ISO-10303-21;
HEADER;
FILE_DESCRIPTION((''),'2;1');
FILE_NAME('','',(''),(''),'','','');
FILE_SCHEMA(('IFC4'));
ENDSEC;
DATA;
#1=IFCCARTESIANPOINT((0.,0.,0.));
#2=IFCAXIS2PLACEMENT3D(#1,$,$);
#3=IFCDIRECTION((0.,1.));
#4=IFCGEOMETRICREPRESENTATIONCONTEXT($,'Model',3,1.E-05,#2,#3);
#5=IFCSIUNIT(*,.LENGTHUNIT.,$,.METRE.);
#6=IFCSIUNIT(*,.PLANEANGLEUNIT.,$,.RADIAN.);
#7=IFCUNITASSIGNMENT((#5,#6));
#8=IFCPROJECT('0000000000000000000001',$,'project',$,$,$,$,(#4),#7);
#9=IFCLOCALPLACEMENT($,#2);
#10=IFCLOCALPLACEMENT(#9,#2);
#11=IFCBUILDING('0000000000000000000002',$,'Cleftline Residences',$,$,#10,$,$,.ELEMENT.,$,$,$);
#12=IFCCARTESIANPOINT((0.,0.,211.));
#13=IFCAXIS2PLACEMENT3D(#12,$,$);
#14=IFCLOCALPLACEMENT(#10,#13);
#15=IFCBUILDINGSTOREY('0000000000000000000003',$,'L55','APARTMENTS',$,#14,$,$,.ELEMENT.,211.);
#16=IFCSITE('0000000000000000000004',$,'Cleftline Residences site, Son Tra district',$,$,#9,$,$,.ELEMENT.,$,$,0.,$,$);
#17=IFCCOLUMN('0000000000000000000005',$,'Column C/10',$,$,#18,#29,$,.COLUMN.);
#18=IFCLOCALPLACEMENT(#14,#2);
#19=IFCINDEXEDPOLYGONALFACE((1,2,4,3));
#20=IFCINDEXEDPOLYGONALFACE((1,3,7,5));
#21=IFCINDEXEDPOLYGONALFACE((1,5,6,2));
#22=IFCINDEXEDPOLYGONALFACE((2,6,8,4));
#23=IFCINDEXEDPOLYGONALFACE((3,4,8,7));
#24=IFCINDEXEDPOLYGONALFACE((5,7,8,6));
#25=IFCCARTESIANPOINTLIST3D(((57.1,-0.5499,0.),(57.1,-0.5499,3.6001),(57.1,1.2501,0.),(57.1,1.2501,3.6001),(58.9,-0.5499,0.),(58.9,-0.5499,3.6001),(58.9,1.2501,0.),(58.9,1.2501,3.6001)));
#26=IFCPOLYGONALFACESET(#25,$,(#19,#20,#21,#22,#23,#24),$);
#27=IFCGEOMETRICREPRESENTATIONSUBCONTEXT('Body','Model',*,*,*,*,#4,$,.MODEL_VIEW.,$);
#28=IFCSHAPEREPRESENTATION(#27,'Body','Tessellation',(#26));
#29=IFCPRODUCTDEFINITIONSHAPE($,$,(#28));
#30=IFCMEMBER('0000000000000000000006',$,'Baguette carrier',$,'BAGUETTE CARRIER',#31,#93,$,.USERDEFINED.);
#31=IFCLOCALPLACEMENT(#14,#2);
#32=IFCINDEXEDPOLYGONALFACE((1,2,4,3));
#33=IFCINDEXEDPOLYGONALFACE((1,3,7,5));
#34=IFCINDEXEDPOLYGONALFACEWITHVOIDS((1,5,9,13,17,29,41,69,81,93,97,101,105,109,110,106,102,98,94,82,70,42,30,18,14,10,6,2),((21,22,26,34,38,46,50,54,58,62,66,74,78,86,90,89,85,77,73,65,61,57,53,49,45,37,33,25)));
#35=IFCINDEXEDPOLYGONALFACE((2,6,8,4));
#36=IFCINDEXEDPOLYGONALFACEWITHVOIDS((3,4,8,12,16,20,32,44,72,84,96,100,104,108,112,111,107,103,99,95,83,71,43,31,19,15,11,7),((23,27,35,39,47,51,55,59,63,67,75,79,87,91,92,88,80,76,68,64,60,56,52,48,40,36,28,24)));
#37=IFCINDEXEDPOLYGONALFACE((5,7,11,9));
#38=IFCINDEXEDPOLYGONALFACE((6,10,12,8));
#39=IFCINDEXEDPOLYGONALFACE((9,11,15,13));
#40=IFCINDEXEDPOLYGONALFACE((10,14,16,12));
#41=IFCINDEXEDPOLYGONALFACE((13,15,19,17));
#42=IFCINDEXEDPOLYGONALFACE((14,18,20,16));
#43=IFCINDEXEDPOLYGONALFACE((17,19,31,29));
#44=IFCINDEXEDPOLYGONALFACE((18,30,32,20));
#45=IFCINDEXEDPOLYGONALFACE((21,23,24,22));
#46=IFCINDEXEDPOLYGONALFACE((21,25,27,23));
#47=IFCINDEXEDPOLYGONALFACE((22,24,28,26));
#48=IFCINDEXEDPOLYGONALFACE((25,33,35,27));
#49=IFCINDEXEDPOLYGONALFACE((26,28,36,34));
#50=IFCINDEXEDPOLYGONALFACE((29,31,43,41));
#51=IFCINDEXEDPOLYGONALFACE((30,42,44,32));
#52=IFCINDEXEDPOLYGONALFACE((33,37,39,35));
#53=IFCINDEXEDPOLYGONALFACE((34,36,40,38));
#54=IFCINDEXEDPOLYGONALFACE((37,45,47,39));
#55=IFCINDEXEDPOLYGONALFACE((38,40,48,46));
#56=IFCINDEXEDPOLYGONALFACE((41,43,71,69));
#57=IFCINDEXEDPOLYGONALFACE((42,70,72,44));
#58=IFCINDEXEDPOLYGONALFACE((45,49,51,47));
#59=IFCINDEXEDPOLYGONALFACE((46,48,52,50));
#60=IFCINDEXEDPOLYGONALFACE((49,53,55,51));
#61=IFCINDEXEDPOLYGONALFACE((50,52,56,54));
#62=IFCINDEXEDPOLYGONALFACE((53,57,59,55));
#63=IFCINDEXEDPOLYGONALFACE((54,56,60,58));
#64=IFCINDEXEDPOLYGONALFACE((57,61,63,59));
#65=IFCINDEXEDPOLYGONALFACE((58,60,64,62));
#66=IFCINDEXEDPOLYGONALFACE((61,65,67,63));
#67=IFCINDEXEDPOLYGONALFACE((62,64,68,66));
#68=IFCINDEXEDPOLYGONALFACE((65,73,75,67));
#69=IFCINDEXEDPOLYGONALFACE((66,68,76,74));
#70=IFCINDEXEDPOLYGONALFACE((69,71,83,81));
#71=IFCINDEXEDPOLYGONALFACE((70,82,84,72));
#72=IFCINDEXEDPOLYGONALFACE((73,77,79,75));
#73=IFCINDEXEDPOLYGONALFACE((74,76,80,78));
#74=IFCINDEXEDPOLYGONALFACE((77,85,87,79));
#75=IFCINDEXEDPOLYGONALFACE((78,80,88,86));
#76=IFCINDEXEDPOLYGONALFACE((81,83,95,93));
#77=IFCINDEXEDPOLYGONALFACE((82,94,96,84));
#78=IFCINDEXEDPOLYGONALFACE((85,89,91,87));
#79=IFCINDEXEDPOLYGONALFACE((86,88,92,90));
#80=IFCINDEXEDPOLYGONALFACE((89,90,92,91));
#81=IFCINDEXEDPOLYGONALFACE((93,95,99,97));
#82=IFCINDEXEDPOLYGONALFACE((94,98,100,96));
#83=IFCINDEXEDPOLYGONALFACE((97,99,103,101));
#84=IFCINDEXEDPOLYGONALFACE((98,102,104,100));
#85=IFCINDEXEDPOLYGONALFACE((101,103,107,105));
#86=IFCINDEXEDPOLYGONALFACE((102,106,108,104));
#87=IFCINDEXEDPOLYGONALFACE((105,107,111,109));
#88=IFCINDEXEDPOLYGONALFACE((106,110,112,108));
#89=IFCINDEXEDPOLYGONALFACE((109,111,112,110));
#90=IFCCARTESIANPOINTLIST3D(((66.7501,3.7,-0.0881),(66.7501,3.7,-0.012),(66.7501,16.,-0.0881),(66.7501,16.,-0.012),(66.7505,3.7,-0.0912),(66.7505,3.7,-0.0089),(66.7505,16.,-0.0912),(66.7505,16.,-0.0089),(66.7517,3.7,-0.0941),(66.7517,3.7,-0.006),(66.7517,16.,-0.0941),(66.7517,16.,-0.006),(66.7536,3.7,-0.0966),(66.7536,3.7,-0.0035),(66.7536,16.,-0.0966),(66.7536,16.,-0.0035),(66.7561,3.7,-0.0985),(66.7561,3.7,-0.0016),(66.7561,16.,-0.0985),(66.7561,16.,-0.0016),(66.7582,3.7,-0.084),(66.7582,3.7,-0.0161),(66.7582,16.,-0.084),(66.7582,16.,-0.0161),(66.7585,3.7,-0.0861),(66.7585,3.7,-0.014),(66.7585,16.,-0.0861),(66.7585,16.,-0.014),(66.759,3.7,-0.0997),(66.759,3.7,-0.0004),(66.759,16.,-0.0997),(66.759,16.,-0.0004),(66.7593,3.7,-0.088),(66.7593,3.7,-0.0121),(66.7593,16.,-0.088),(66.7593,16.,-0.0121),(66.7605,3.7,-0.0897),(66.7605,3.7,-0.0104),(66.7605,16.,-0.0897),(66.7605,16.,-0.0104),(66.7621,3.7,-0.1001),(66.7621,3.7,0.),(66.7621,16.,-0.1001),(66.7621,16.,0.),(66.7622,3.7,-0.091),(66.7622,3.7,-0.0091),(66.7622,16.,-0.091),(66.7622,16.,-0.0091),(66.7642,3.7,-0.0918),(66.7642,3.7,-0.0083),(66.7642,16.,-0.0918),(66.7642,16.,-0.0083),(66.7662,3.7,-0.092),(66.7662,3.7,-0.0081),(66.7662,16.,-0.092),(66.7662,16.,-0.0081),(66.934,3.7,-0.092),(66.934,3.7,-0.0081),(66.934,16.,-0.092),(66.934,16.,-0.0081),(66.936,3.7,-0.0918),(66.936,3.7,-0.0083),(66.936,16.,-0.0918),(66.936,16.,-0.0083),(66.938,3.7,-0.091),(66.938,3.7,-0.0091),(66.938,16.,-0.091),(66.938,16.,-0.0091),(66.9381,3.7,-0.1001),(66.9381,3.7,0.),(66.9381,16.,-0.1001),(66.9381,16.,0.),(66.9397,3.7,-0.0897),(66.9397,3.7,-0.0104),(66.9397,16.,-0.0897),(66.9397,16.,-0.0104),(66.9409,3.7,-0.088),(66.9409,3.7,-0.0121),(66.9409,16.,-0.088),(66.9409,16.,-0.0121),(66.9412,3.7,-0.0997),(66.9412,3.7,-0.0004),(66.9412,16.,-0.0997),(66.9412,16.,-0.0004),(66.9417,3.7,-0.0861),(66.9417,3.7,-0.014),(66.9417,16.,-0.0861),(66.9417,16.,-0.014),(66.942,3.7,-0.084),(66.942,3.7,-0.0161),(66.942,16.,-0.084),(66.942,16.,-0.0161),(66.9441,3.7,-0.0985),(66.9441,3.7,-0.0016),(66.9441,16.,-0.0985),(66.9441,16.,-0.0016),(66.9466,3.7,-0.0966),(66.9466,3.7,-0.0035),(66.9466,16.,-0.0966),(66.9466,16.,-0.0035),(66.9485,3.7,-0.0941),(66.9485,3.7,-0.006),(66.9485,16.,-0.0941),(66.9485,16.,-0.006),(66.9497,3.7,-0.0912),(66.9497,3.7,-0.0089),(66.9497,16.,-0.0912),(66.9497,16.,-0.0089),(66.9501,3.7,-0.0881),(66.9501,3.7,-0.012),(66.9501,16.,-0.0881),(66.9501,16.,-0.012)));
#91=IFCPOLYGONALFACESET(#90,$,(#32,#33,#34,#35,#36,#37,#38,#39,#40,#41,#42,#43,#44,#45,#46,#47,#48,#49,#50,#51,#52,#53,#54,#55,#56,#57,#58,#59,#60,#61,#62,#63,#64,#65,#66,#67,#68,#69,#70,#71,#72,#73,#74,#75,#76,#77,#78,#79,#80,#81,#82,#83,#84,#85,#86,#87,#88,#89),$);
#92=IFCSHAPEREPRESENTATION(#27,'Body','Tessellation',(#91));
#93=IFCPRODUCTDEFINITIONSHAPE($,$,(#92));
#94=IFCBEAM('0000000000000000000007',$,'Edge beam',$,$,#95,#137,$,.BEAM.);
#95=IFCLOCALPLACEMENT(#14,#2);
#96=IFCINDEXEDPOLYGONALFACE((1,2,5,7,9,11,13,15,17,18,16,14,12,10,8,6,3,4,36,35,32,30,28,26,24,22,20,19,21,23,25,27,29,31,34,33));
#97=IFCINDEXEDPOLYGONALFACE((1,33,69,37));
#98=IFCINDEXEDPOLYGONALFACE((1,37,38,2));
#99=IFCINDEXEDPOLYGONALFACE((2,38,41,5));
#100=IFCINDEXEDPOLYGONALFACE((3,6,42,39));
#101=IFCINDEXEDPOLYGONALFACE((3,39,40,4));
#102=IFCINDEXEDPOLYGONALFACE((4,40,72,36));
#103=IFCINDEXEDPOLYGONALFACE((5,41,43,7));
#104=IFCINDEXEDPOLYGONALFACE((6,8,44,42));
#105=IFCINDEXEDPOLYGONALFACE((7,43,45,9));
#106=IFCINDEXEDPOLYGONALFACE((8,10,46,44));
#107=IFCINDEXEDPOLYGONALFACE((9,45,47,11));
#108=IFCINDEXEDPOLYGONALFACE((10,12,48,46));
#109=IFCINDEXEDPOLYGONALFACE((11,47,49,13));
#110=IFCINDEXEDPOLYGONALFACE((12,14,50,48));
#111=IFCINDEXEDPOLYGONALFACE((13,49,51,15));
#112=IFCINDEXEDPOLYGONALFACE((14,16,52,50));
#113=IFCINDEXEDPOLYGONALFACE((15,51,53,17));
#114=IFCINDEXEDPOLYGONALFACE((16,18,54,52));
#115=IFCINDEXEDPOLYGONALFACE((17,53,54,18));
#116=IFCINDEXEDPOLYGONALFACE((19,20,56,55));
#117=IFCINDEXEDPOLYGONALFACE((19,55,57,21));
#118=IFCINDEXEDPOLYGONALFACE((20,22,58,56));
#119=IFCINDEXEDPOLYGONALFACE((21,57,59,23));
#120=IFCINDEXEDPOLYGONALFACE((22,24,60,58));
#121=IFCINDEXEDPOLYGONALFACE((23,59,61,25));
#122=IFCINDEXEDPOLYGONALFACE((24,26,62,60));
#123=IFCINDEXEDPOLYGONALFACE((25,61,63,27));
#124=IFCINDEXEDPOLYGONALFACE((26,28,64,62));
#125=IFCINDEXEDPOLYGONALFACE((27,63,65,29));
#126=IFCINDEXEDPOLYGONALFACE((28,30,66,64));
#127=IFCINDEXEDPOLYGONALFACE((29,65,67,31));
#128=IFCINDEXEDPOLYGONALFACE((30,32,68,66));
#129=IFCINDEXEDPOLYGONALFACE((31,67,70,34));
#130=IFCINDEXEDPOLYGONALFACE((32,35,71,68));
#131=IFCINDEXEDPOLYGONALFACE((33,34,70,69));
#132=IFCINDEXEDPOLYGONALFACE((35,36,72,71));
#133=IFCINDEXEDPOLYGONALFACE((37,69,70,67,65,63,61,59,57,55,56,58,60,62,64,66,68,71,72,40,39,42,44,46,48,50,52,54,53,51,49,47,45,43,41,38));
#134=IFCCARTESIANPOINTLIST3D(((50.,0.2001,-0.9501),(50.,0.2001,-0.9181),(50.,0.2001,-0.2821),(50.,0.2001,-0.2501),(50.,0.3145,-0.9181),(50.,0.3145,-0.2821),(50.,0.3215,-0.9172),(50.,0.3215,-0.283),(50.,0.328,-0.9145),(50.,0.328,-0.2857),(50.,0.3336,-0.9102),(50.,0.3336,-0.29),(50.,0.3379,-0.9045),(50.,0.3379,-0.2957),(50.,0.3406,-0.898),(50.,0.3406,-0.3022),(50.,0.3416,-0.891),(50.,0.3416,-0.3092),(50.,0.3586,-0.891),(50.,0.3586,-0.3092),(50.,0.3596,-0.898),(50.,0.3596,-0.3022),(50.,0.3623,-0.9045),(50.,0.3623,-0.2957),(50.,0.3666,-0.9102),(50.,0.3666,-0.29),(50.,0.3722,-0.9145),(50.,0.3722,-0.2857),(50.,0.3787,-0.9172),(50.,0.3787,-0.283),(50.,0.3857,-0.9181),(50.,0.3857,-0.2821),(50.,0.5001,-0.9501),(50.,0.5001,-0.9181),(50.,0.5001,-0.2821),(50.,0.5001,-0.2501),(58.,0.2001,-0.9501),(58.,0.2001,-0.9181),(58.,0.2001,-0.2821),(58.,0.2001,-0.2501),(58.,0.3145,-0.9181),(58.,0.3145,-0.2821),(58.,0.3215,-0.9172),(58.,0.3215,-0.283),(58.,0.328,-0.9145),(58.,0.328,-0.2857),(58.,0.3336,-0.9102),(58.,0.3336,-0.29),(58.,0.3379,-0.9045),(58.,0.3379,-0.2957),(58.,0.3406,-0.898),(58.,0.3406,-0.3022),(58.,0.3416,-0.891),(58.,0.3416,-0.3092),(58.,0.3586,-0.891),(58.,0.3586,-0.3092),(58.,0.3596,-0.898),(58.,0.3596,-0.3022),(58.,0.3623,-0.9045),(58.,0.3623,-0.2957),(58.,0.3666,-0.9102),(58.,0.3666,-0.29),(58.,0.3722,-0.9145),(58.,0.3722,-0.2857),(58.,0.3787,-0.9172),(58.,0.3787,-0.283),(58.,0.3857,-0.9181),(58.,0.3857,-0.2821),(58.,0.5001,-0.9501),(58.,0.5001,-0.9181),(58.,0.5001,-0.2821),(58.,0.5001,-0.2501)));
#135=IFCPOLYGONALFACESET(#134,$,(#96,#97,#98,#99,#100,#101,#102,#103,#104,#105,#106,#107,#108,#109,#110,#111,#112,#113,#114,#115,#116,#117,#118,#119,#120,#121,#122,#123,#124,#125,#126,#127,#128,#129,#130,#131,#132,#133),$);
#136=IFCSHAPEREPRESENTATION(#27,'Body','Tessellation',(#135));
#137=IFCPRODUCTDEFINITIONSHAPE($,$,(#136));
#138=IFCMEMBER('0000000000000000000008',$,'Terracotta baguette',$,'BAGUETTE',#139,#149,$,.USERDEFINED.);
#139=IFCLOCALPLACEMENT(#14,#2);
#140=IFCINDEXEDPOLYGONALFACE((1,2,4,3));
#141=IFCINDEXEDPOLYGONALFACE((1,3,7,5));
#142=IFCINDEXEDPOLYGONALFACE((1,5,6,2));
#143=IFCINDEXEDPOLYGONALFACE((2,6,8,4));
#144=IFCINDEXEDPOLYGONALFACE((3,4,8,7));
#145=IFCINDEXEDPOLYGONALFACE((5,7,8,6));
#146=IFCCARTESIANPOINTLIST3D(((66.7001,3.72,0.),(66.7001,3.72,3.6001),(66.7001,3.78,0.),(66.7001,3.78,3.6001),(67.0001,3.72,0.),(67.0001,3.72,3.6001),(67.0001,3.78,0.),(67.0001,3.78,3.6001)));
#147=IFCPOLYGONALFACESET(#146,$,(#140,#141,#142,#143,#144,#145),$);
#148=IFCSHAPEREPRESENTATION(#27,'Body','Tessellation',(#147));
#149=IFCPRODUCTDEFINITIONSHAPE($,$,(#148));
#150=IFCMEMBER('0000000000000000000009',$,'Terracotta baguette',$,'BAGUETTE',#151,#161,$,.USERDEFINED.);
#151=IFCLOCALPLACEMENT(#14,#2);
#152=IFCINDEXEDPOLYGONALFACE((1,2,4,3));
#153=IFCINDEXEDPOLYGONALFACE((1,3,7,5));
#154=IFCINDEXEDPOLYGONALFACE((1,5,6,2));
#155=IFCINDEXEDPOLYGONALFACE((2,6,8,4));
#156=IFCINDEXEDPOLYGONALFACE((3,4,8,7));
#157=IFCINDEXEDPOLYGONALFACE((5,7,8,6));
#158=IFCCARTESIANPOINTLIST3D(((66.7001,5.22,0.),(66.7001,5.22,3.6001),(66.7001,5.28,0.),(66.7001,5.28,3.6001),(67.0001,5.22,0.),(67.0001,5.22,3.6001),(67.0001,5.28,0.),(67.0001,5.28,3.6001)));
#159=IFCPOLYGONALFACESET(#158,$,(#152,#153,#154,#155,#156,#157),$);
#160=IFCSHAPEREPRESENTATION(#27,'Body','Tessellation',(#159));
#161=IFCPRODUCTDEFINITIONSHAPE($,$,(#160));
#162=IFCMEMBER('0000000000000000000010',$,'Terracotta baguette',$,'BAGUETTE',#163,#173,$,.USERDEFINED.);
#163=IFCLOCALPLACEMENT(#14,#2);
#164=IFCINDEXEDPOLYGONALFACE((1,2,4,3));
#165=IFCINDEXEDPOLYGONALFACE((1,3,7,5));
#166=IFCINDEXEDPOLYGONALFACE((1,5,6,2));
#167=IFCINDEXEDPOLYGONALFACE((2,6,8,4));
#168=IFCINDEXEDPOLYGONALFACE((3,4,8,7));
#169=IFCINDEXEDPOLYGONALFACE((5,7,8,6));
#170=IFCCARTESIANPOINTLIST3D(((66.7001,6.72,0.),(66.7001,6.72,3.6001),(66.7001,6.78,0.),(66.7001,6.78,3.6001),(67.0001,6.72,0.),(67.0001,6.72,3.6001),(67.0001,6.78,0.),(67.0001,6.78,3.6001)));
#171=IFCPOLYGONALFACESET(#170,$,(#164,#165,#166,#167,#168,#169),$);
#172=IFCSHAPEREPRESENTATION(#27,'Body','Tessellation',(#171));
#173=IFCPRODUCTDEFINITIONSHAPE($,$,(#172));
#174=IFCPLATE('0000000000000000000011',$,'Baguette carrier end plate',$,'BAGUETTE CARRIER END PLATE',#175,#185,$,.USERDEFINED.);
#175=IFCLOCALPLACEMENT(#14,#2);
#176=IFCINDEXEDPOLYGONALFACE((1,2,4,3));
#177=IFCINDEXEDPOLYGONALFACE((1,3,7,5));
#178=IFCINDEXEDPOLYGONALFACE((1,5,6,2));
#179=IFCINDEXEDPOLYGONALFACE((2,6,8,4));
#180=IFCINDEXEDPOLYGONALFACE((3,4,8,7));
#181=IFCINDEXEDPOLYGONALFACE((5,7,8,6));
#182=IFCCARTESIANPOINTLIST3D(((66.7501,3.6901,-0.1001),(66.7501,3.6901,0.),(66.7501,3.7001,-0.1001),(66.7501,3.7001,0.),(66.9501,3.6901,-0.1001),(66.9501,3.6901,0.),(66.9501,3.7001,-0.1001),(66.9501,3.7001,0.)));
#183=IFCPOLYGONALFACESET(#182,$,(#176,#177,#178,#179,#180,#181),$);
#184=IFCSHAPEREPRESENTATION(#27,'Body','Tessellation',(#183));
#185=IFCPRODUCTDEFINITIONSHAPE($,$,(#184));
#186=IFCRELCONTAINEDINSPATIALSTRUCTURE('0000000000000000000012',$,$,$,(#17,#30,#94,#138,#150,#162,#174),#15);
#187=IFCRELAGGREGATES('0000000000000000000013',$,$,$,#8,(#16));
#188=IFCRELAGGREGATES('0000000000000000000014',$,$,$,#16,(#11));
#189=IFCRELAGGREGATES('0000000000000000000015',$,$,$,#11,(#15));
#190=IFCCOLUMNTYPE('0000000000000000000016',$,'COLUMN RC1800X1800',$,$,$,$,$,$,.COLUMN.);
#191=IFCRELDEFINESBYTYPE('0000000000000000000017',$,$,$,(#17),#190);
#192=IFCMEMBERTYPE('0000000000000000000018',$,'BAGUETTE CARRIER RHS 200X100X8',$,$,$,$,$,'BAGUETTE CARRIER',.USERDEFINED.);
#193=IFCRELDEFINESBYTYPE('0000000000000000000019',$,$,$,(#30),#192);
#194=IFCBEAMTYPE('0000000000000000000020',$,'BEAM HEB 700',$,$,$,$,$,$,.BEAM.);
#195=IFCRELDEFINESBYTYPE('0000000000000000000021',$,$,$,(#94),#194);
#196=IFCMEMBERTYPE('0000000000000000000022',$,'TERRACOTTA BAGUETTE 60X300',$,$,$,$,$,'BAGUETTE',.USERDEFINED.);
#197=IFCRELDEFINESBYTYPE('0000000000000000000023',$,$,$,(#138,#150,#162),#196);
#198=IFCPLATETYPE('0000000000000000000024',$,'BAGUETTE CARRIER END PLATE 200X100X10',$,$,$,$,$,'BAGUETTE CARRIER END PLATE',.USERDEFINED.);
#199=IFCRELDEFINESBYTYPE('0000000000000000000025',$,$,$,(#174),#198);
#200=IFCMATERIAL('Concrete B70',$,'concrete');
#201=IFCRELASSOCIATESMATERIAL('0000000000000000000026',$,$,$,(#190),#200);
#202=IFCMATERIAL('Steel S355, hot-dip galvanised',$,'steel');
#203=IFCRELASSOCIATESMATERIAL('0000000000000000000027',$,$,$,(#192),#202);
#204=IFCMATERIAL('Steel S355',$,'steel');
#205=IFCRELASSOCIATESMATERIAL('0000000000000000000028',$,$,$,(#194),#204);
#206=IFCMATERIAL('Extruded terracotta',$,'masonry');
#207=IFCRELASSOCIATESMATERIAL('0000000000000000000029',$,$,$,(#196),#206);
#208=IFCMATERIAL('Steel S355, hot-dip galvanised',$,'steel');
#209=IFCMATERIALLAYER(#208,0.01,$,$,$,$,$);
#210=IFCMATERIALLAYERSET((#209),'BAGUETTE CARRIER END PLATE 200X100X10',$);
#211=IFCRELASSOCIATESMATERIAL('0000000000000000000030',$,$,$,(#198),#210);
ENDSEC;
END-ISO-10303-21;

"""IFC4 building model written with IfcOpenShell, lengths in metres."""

from ifc_helpers import new_model, si_unit, direction, frame, origin, origin_2d, place, context, subcontext, project, spatial, rectangle, hollow_rectangle, i_section, extrude, material, layer, layer_set, material_profile, profile_set, type_object, element, save


model = new_model("IFC4")

# Units and contexts
model_context = context("Model", 3, precision=1e-05, world=origin(), true_north=direction((0.0, 1.0)))
body_context = subcontext(model_context, "Body", "Model", "MODEL_VIEW")
ifc_project = project(units=[si_unit("LENGTHUNIT", "METRE"), si_unit("PLANEANGLEUNIT", "RADIAN")], contexts=[model_context])

# Site, building, storey
site_placement = place(None, origin())
site = spatial("IfcSite", under=ifc_project, at=site_placement, Name="Cleftline Residences site, Son Tra district", CompositionType="ELEMENT", RefElevation=0.0)
building_placement = place(site_placement, origin())
building = spatial("IfcBuilding", under=site, at=building_placement, Name="Cleftline Residences", CompositionType="ELEMENT")
storey_placement = place(building_placement, frame((0.0, 0.0, 211.0)))
storey = spatial("IfcBuildingStorey", under=building, at=storey_placement, Name="L55", Description="APARTMENTS", CompositionType="ELEMENT", Elevation=211.0)

# Column
ifc_material_1 = material(Name="Concrete B70", Category="concrete")
ifc_material_profile_1 = material_profile(ifc_material_1, rectangle(XDim=1.8, YDim=1.8, at=origin_2d()))
ifc_profile_set_1 = profile_set([ifc_material_profile_1], Name="Concrete B70")
column_type = type_object("IfcColumnType", Name="COLUMN RC1800X1800", PredefinedType="COLUMN", material=ifc_profile_set_1)
column_placement = place(storey_placement, frame((58.0, 0.3501, 0.0), z_axis=(0.0, 0.0, 1.0), x_axis=(1.0, 0.0, 0.0)))
element("IfcColumn", 1, at=column_placement, inside=storey, type_object=column_type, Name="Column C/10", PredefinedType="COLUMN", context=body_context, shape_type="SweptSolid", body=[
    extrude(rectangle(XDim=1.8, YDim=1.8, at=origin_2d()), origin(), (0.0, 0.0, 1.0), 3.6001),
])

# Member
ifc_material_2 = material(Name="Steel S355, hot-dip galvanised", Category="steel")
ifc_material_profile_2 = material_profile(ifc_material_2, hollow_rectangle(XDim=0.1001, YDim=0.2, WallThickness=0.0081, InnerFilletRadius=0.0081, OuterFilletRadius=0.012, at=origin_2d()))
ifc_profile_set_2 = profile_set([ifc_material_profile_2], Name="Steel S355, hot-dip galvanised")
member_type_1 = type_object("IfcMemberType", Name="BAGUETTE CARRIER RHS 200X100X8", ElementType="BAGUETTE CARRIER", PredefinedType="USERDEFINED", material=ifc_profile_set_2)
member_placement = place(storey_placement, frame((66.8501, 3.7, -0.05), z_axis=(0.0, 1.0, 0.0), x_axis=(0.0, 0.0, 1.0)))
element("IfcMember", 2, at=member_placement, inside=storey, type_object=member_type_1, Name="Baguette carrier", ObjectType="BAGUETTE CARRIER", PredefinedType="USERDEFINED", context=body_context, shape_type="SweptSolid", body=[
    extrude(hollow_rectangle(XDim=0.1001, YDim=0.2, WallThickness=0.0081, InnerFilletRadius=0.0081, OuterFilletRadius=0.012, at=origin_2d()), origin(), (0.0, 0.0, 1.0), 12.3),
])

# Beam
ifc_material_3 = material(Name="Steel S355", Category="steel")
ifc_material_profile_3 = material_profile(ifc_material_3, i_section(OverallWidth=0.3, OverallDepth=0.7, WebThickness=0.0171, FlangeThickness=0.032, FilletRadius=0.0271, at=origin_2d()))
ifc_profile_set_3 = profile_set([ifc_material_profile_3], Name="Steel S355")
beam_type = type_object("IfcBeamType", Name="BEAM HEB 700", PredefinedType="BEAM", material=ifc_profile_set_3)
beam_placement = place(storey_placement, frame((58.0, 0.3501, -0.6001), z_axis=(-1.0, 0.0, 0.0), x_axis=(0.0, -1.0, 0.0)))
element("IfcBeam", 3, at=beam_placement, inside=storey, type_object=beam_type, Name="Edge beam", PredefinedType="BEAM", context=body_context, shape_type="SweptSolid", body=[
    extrude(i_section(OverallWidth=0.3, OverallDepth=0.7, WebThickness=0.0171, FlangeThickness=0.032, FilletRadius=0.0271, at=origin_2d()), origin(), (0.0, 0.0, 1.0), 8.0),
])

# Members
ifc_material_4 = material(Name="Extruded terracotta", Category="masonry")
ifc_material_profile_4 = material_profile(ifc_material_4, rectangle(XDim=0.0601, YDim=0.3, at=origin_2d()))
ifc_profile_set_4 = profile_set([ifc_material_profile_4], Name="Extruded terracotta")
member_type_2 = type_object("IfcMemberType", Name="TERRACOTTA BAGUETTE 60X300", ElementType="BAGUETTE", PredefinedType="USERDEFINED", material=ifc_profile_set_4)
for number, where, z_axis, x_axis, name in (
    (4, (66.8501, 3.75, 0.0), (0.0, 0.0, 1.0), (0.0, 1.0, 0.0), "Terracotta baguette"),
    (5, (66.8501, 5.25, 0.0), (0.0, 0.0, 1.0), (0.0, 1.0, 0.0), "Terracotta baguette"),
    (6, (66.8501, 6.75, 0.0), (0.0, 0.0, 1.0), (0.0, 1.0, 0.0), "Terracotta baguette"),
):
    element("IfcMember", number, at=place(storey_placement, frame(where, z_axis=z_axis, x_axis=x_axis)), inside=storey, type_object=member_type_2, Name=name, ObjectType="BAGUETTE", PredefinedType="USERDEFINED", context=body_context, shape_type="SweptSolid", body=[
        extrude(rectangle(XDim=0.0601, YDim=0.3, at=origin_2d()), origin(), (0.0, 0.0, 1.0), 3.6001),
    ])

# Plate
ifc_material_5 = material(Name="Steel S355, hot-dip galvanised", Category="steel")
ifc_layer_1 = layer(ifc_material_5, 0.01)
ifc_layer_set_1 = layer_set([ifc_layer_1], Name="BAGUETTE CARRIER END PLATE 200X100X10")
plate_type = type_object("IfcPlateType", Name="BAGUETTE CARRIER END PLATE 200X100X10", ElementType="BAGUETTE CARRIER END PLATE", PredefinedType="USERDEFINED", material=ifc_layer_set_1)
plate_placement = place(storey_placement, frame((66.8501, 3.6951, -0.1001), z_axis=(0.0, 0.0, 1.0), x_axis=(1.0, 0.0, 0.0)))
element("IfcPlate", 7, at=plate_placement, inside=storey, type_object=plate_type, Name="Baguette carrier end plate", ObjectType="BAGUETTE CARRIER END PLATE", PredefinedType="USERDEFINED", context=body_context, shape_type="SweptSolid", body=[
    extrude(rectangle(XDim=0.2, YDim=0.01, at=origin_2d()), origin(), (0.0, 0.0, 1.0), 0.1001),
])

save(model, "model.ifc")
